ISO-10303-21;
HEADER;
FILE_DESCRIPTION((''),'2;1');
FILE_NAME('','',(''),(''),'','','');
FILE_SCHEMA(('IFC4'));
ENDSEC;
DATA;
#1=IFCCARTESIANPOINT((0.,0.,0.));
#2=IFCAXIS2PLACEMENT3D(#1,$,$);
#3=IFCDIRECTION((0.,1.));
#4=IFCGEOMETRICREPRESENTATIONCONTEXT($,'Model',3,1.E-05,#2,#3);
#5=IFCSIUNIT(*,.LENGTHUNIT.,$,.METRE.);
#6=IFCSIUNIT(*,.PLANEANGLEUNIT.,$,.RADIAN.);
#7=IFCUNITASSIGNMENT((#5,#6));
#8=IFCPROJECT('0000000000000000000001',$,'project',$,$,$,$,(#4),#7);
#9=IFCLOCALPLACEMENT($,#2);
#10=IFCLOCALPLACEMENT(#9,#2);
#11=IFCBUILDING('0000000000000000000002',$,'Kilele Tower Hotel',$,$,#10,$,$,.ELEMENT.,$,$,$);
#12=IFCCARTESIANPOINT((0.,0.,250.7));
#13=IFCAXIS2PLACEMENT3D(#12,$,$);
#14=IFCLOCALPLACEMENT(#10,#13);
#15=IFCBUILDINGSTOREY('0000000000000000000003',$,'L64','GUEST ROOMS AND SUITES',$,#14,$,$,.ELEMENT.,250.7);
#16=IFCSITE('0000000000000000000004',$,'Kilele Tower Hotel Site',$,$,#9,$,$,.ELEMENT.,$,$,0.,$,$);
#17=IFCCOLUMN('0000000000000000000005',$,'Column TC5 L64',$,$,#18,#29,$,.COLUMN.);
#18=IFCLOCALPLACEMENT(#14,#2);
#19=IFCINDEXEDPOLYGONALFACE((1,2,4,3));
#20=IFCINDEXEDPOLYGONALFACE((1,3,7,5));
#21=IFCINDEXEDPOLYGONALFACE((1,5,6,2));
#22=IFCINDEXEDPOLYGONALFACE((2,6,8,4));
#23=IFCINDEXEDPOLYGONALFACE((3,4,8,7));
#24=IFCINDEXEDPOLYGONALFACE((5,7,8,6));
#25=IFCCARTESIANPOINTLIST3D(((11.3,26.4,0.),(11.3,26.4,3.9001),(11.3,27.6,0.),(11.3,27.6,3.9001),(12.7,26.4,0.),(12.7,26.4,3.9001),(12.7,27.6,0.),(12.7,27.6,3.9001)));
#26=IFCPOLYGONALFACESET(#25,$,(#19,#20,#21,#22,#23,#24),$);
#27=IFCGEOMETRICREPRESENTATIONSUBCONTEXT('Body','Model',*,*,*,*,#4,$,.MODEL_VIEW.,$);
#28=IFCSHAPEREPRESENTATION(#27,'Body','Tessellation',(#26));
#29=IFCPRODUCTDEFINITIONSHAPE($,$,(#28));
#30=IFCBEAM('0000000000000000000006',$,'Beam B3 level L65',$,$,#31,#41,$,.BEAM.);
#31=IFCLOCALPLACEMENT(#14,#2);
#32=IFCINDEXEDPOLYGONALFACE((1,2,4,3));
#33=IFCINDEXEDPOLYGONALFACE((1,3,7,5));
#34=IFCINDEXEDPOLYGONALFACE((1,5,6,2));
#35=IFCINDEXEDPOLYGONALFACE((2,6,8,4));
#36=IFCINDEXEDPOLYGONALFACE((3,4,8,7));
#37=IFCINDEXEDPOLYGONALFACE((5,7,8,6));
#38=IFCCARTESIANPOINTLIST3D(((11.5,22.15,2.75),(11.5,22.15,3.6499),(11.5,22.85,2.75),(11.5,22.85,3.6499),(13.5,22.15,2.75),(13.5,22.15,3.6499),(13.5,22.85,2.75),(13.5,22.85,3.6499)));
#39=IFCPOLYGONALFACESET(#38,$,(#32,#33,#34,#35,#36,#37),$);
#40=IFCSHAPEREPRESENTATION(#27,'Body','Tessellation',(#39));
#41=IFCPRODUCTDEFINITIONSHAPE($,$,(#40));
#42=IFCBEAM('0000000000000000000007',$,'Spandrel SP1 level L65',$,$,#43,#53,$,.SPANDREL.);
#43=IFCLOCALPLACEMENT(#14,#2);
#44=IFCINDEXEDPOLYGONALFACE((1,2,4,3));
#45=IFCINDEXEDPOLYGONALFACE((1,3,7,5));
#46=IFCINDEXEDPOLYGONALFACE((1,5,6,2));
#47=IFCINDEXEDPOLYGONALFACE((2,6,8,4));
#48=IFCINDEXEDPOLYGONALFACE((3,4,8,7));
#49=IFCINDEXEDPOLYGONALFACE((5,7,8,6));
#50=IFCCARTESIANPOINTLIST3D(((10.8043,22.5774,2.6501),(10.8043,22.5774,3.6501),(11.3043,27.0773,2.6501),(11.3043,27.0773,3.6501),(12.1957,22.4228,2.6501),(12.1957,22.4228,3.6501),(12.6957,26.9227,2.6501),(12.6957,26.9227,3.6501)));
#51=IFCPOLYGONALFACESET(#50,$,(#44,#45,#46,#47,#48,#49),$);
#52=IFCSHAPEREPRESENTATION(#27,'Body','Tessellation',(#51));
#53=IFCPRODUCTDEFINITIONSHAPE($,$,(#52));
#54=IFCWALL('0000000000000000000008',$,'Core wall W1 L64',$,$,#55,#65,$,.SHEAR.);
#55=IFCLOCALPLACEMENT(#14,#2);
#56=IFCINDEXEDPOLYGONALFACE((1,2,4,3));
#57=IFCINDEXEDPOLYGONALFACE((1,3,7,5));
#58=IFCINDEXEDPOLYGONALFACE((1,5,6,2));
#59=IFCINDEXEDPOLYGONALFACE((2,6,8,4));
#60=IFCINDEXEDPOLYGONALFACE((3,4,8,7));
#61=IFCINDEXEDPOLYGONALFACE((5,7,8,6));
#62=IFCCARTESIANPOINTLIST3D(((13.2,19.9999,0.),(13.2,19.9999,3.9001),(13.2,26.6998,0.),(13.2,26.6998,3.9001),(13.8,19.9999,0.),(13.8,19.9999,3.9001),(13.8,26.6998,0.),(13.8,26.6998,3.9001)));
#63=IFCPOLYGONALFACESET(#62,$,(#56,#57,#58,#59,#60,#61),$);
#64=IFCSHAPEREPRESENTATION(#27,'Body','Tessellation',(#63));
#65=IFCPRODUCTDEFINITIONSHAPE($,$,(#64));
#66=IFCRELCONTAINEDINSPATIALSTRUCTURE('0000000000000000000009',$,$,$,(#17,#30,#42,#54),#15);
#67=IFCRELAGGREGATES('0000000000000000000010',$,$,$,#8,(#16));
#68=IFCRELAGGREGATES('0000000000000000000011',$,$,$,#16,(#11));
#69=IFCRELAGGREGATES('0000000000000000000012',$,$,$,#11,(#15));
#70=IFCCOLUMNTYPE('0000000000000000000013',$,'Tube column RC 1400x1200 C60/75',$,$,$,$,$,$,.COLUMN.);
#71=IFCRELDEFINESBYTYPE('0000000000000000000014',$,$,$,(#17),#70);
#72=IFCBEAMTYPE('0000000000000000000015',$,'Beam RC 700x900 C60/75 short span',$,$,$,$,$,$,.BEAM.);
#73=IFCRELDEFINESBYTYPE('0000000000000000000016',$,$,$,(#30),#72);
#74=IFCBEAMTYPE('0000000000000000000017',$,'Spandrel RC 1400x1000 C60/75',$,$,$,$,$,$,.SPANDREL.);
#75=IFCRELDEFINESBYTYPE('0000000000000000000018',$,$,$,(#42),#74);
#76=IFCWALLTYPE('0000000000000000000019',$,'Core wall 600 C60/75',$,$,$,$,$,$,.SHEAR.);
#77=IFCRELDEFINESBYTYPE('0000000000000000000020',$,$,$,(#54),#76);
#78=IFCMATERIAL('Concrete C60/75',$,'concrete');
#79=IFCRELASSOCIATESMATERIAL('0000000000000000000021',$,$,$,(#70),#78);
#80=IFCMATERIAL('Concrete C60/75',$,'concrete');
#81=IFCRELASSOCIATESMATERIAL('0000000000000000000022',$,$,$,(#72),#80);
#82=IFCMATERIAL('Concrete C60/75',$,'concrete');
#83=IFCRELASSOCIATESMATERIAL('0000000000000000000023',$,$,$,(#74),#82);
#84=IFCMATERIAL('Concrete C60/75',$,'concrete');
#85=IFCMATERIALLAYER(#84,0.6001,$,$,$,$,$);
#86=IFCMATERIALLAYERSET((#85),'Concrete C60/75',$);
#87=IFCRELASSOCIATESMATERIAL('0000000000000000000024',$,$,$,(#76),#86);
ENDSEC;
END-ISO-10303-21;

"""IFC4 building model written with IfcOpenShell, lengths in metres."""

from ifc_helpers import new_model, si_unit, direction, frame, frame_2d, origin, origin_2d, place, context, subcontext, project, spatial, rectangle, extrude, material, layer, layer_set, material_profile, profile_set, type_object, element, save


model = new_model("IFC4")

# Units and contexts
model_context = context("Model", 3, precision=1e-05, world=origin(), true_north=direction((0.0, 1.0)))
body_context = subcontext(model_context, "Body", "Model", "MODEL_VIEW")
ifc_project = project(units=[si_unit("LENGTHUNIT", "METRE"), si_unit("PLANEANGLEUNIT", "RADIAN")], contexts=[model_context])

# Site, building, storey
site_placement = place(None, origin())
site = spatial("IfcSite", under=ifc_project, at=site_placement, Name="Kilele Tower Hotel Site", CompositionType="ELEMENT", RefElevation=0.0)
building_placement = place(site_placement, origin())
building = spatial("IfcBuilding", under=site, at=building_placement, Name="Kilele Tower Hotel", CompositionType="ELEMENT")
storey_placement = place(building_placement, frame((0.0, 0.0, 250.7)))
storey = spatial("IfcBuildingStorey", under=building, at=storey_placement, Name="L64", Description="GUEST ROOMS AND SUITES", CompositionType="ELEMENT", Elevation=250.7)

# Column
ifc_material_1 = material(Name="Concrete C60/75", Category="concrete")
ifc_material_profile_1 = material_profile(ifc_material_1, rectangle(XDim=1.3999, YDim=1.2, at=origin_2d()))
ifc_profile_set_1 = profile_set([ifc_material_profile_1], Name="Concrete C60/75")
column_type = type_object("IfcColumnType", Name="Tube column RC 1400x1200 C60/75", PredefinedType="COLUMN", material=ifc_profile_set_1)
column_placement = place(storey_placement, frame((12.0, 27.0, 0.0), z_axis=(0.0, 0.0, 1.0), x_axis=(1.0, 0.0, 0.0)))
element("IfcColumn", 1, at=column_placement, inside=storey, type_object=column_type, Name="Column TC5 L64", PredefinedType="COLUMN", context=body_context, shape_type="SweptSolid", body=[
    extrude(rectangle(XDim=1.3999, YDim=1.2, at=origin_2d()), origin(), (0.0, 0.0, 1.0), 3.9001),
])

# Beams
ifc_material_2 = material(Name="Concrete C60/75", Category="concrete")
ifc_material_profile_2 = material_profile(ifc_material_2, rectangle(XDim=0.7, YDim=0.8999, at=origin_2d()))
ifc_profile_set_2 = profile_set([ifc_material_profile_2], Name="Concrete C60/75")
beam_type_1 = type_object("IfcBeamType", Name="Beam RC 700x900 C60/75 short span", PredefinedType="BEAM", material=ifc_profile_set_2)
beam_1_placement = place(storey_placement, frame((11.5, 22.5, 3.2), z_axis=(1.0, 0.0, 0.0), x_axis=(0.0, 1.0, 0.0)))
element("IfcBeam", 2, at=beam_1_placement, inside=storey, type_object=beam_type_1, Name="Beam B3 level L65", PredefinedType="BEAM", context=body_context, shape_type="SweptSolid", body=[
    extrude(rectangle(XDim=0.7, YDim=0.8999, at=origin_2d()), origin(), (0.0, 0.0, 1.0), 2.0),
])
ifc_material_3 = material(Name="Concrete C60/75", Category="concrete")
ifc_material_profile_3 = material_profile(ifc_material_3, rectangle(XDim=1.3999, YDim=1.0, at=origin_2d()))
ifc_profile_set_3 = profile_set([ifc_material_profile_3], Name="Concrete C60/75")
beam_type_2 = type_object("IfcBeamType", Name="Spandrel RC 1400x1000 C60/75", PredefinedType="SPANDREL", material=ifc_profile_set_3)
beam_2_placement = place(storey_placement, frame((12.0, 27.0, 3.1501), z_axis=(-0.110432, -0.993884, 0.0), x_axis=(0.993884, -0.110432, 0.0)))
element("IfcBeam", 3, at=beam_2_placement, inside=storey, type_object=beam_type_2, Name="Spandrel SP1 level L65", PredefinedType="SPANDREL", context=body_context, shape_type="SweptSolid", body=[
    extrude(rectangle(XDim=1.3999, YDim=1.0, at=origin_2d()), origin(), (0.0, 0.0, 1.0), 4.5276),
])

# Wall
ifc_material_4 = material(Name="Concrete C60/75", Category="concrete")
ifc_layer_1 = layer(ifc_material_4, 0.6001)
ifc_layer_set_1 = layer_set([ifc_layer_1], Name="Concrete C60/75")
wall_type_1 = type_object("IfcWallType", Name="Core wall 600 C60/75", PredefinedType="SHEAR", material=ifc_layer_set_1)
wall_1_placement = place(storey_placement, frame((13.5, 26.7, 0.0), z_axis=(0.0, 0.0, 1.0), x_axis=(0.0, -1.0, 0.0)))
element("IfcWall", 4, at=wall_1_placement, inside=storey, type_object=wall_type_1, Name="Core wall W1 L64", PredefinedType="SHEAR", context=body_context, shape_type="SweptSolid", body=[
    extrude(rectangle(XDim=6.7, YDim=0.6001, at=frame_2d((3.3501, 0.0))), origin(), (0.0, 0.0, 1.0), 3.9001),
])

save(model, "model.ifc")
